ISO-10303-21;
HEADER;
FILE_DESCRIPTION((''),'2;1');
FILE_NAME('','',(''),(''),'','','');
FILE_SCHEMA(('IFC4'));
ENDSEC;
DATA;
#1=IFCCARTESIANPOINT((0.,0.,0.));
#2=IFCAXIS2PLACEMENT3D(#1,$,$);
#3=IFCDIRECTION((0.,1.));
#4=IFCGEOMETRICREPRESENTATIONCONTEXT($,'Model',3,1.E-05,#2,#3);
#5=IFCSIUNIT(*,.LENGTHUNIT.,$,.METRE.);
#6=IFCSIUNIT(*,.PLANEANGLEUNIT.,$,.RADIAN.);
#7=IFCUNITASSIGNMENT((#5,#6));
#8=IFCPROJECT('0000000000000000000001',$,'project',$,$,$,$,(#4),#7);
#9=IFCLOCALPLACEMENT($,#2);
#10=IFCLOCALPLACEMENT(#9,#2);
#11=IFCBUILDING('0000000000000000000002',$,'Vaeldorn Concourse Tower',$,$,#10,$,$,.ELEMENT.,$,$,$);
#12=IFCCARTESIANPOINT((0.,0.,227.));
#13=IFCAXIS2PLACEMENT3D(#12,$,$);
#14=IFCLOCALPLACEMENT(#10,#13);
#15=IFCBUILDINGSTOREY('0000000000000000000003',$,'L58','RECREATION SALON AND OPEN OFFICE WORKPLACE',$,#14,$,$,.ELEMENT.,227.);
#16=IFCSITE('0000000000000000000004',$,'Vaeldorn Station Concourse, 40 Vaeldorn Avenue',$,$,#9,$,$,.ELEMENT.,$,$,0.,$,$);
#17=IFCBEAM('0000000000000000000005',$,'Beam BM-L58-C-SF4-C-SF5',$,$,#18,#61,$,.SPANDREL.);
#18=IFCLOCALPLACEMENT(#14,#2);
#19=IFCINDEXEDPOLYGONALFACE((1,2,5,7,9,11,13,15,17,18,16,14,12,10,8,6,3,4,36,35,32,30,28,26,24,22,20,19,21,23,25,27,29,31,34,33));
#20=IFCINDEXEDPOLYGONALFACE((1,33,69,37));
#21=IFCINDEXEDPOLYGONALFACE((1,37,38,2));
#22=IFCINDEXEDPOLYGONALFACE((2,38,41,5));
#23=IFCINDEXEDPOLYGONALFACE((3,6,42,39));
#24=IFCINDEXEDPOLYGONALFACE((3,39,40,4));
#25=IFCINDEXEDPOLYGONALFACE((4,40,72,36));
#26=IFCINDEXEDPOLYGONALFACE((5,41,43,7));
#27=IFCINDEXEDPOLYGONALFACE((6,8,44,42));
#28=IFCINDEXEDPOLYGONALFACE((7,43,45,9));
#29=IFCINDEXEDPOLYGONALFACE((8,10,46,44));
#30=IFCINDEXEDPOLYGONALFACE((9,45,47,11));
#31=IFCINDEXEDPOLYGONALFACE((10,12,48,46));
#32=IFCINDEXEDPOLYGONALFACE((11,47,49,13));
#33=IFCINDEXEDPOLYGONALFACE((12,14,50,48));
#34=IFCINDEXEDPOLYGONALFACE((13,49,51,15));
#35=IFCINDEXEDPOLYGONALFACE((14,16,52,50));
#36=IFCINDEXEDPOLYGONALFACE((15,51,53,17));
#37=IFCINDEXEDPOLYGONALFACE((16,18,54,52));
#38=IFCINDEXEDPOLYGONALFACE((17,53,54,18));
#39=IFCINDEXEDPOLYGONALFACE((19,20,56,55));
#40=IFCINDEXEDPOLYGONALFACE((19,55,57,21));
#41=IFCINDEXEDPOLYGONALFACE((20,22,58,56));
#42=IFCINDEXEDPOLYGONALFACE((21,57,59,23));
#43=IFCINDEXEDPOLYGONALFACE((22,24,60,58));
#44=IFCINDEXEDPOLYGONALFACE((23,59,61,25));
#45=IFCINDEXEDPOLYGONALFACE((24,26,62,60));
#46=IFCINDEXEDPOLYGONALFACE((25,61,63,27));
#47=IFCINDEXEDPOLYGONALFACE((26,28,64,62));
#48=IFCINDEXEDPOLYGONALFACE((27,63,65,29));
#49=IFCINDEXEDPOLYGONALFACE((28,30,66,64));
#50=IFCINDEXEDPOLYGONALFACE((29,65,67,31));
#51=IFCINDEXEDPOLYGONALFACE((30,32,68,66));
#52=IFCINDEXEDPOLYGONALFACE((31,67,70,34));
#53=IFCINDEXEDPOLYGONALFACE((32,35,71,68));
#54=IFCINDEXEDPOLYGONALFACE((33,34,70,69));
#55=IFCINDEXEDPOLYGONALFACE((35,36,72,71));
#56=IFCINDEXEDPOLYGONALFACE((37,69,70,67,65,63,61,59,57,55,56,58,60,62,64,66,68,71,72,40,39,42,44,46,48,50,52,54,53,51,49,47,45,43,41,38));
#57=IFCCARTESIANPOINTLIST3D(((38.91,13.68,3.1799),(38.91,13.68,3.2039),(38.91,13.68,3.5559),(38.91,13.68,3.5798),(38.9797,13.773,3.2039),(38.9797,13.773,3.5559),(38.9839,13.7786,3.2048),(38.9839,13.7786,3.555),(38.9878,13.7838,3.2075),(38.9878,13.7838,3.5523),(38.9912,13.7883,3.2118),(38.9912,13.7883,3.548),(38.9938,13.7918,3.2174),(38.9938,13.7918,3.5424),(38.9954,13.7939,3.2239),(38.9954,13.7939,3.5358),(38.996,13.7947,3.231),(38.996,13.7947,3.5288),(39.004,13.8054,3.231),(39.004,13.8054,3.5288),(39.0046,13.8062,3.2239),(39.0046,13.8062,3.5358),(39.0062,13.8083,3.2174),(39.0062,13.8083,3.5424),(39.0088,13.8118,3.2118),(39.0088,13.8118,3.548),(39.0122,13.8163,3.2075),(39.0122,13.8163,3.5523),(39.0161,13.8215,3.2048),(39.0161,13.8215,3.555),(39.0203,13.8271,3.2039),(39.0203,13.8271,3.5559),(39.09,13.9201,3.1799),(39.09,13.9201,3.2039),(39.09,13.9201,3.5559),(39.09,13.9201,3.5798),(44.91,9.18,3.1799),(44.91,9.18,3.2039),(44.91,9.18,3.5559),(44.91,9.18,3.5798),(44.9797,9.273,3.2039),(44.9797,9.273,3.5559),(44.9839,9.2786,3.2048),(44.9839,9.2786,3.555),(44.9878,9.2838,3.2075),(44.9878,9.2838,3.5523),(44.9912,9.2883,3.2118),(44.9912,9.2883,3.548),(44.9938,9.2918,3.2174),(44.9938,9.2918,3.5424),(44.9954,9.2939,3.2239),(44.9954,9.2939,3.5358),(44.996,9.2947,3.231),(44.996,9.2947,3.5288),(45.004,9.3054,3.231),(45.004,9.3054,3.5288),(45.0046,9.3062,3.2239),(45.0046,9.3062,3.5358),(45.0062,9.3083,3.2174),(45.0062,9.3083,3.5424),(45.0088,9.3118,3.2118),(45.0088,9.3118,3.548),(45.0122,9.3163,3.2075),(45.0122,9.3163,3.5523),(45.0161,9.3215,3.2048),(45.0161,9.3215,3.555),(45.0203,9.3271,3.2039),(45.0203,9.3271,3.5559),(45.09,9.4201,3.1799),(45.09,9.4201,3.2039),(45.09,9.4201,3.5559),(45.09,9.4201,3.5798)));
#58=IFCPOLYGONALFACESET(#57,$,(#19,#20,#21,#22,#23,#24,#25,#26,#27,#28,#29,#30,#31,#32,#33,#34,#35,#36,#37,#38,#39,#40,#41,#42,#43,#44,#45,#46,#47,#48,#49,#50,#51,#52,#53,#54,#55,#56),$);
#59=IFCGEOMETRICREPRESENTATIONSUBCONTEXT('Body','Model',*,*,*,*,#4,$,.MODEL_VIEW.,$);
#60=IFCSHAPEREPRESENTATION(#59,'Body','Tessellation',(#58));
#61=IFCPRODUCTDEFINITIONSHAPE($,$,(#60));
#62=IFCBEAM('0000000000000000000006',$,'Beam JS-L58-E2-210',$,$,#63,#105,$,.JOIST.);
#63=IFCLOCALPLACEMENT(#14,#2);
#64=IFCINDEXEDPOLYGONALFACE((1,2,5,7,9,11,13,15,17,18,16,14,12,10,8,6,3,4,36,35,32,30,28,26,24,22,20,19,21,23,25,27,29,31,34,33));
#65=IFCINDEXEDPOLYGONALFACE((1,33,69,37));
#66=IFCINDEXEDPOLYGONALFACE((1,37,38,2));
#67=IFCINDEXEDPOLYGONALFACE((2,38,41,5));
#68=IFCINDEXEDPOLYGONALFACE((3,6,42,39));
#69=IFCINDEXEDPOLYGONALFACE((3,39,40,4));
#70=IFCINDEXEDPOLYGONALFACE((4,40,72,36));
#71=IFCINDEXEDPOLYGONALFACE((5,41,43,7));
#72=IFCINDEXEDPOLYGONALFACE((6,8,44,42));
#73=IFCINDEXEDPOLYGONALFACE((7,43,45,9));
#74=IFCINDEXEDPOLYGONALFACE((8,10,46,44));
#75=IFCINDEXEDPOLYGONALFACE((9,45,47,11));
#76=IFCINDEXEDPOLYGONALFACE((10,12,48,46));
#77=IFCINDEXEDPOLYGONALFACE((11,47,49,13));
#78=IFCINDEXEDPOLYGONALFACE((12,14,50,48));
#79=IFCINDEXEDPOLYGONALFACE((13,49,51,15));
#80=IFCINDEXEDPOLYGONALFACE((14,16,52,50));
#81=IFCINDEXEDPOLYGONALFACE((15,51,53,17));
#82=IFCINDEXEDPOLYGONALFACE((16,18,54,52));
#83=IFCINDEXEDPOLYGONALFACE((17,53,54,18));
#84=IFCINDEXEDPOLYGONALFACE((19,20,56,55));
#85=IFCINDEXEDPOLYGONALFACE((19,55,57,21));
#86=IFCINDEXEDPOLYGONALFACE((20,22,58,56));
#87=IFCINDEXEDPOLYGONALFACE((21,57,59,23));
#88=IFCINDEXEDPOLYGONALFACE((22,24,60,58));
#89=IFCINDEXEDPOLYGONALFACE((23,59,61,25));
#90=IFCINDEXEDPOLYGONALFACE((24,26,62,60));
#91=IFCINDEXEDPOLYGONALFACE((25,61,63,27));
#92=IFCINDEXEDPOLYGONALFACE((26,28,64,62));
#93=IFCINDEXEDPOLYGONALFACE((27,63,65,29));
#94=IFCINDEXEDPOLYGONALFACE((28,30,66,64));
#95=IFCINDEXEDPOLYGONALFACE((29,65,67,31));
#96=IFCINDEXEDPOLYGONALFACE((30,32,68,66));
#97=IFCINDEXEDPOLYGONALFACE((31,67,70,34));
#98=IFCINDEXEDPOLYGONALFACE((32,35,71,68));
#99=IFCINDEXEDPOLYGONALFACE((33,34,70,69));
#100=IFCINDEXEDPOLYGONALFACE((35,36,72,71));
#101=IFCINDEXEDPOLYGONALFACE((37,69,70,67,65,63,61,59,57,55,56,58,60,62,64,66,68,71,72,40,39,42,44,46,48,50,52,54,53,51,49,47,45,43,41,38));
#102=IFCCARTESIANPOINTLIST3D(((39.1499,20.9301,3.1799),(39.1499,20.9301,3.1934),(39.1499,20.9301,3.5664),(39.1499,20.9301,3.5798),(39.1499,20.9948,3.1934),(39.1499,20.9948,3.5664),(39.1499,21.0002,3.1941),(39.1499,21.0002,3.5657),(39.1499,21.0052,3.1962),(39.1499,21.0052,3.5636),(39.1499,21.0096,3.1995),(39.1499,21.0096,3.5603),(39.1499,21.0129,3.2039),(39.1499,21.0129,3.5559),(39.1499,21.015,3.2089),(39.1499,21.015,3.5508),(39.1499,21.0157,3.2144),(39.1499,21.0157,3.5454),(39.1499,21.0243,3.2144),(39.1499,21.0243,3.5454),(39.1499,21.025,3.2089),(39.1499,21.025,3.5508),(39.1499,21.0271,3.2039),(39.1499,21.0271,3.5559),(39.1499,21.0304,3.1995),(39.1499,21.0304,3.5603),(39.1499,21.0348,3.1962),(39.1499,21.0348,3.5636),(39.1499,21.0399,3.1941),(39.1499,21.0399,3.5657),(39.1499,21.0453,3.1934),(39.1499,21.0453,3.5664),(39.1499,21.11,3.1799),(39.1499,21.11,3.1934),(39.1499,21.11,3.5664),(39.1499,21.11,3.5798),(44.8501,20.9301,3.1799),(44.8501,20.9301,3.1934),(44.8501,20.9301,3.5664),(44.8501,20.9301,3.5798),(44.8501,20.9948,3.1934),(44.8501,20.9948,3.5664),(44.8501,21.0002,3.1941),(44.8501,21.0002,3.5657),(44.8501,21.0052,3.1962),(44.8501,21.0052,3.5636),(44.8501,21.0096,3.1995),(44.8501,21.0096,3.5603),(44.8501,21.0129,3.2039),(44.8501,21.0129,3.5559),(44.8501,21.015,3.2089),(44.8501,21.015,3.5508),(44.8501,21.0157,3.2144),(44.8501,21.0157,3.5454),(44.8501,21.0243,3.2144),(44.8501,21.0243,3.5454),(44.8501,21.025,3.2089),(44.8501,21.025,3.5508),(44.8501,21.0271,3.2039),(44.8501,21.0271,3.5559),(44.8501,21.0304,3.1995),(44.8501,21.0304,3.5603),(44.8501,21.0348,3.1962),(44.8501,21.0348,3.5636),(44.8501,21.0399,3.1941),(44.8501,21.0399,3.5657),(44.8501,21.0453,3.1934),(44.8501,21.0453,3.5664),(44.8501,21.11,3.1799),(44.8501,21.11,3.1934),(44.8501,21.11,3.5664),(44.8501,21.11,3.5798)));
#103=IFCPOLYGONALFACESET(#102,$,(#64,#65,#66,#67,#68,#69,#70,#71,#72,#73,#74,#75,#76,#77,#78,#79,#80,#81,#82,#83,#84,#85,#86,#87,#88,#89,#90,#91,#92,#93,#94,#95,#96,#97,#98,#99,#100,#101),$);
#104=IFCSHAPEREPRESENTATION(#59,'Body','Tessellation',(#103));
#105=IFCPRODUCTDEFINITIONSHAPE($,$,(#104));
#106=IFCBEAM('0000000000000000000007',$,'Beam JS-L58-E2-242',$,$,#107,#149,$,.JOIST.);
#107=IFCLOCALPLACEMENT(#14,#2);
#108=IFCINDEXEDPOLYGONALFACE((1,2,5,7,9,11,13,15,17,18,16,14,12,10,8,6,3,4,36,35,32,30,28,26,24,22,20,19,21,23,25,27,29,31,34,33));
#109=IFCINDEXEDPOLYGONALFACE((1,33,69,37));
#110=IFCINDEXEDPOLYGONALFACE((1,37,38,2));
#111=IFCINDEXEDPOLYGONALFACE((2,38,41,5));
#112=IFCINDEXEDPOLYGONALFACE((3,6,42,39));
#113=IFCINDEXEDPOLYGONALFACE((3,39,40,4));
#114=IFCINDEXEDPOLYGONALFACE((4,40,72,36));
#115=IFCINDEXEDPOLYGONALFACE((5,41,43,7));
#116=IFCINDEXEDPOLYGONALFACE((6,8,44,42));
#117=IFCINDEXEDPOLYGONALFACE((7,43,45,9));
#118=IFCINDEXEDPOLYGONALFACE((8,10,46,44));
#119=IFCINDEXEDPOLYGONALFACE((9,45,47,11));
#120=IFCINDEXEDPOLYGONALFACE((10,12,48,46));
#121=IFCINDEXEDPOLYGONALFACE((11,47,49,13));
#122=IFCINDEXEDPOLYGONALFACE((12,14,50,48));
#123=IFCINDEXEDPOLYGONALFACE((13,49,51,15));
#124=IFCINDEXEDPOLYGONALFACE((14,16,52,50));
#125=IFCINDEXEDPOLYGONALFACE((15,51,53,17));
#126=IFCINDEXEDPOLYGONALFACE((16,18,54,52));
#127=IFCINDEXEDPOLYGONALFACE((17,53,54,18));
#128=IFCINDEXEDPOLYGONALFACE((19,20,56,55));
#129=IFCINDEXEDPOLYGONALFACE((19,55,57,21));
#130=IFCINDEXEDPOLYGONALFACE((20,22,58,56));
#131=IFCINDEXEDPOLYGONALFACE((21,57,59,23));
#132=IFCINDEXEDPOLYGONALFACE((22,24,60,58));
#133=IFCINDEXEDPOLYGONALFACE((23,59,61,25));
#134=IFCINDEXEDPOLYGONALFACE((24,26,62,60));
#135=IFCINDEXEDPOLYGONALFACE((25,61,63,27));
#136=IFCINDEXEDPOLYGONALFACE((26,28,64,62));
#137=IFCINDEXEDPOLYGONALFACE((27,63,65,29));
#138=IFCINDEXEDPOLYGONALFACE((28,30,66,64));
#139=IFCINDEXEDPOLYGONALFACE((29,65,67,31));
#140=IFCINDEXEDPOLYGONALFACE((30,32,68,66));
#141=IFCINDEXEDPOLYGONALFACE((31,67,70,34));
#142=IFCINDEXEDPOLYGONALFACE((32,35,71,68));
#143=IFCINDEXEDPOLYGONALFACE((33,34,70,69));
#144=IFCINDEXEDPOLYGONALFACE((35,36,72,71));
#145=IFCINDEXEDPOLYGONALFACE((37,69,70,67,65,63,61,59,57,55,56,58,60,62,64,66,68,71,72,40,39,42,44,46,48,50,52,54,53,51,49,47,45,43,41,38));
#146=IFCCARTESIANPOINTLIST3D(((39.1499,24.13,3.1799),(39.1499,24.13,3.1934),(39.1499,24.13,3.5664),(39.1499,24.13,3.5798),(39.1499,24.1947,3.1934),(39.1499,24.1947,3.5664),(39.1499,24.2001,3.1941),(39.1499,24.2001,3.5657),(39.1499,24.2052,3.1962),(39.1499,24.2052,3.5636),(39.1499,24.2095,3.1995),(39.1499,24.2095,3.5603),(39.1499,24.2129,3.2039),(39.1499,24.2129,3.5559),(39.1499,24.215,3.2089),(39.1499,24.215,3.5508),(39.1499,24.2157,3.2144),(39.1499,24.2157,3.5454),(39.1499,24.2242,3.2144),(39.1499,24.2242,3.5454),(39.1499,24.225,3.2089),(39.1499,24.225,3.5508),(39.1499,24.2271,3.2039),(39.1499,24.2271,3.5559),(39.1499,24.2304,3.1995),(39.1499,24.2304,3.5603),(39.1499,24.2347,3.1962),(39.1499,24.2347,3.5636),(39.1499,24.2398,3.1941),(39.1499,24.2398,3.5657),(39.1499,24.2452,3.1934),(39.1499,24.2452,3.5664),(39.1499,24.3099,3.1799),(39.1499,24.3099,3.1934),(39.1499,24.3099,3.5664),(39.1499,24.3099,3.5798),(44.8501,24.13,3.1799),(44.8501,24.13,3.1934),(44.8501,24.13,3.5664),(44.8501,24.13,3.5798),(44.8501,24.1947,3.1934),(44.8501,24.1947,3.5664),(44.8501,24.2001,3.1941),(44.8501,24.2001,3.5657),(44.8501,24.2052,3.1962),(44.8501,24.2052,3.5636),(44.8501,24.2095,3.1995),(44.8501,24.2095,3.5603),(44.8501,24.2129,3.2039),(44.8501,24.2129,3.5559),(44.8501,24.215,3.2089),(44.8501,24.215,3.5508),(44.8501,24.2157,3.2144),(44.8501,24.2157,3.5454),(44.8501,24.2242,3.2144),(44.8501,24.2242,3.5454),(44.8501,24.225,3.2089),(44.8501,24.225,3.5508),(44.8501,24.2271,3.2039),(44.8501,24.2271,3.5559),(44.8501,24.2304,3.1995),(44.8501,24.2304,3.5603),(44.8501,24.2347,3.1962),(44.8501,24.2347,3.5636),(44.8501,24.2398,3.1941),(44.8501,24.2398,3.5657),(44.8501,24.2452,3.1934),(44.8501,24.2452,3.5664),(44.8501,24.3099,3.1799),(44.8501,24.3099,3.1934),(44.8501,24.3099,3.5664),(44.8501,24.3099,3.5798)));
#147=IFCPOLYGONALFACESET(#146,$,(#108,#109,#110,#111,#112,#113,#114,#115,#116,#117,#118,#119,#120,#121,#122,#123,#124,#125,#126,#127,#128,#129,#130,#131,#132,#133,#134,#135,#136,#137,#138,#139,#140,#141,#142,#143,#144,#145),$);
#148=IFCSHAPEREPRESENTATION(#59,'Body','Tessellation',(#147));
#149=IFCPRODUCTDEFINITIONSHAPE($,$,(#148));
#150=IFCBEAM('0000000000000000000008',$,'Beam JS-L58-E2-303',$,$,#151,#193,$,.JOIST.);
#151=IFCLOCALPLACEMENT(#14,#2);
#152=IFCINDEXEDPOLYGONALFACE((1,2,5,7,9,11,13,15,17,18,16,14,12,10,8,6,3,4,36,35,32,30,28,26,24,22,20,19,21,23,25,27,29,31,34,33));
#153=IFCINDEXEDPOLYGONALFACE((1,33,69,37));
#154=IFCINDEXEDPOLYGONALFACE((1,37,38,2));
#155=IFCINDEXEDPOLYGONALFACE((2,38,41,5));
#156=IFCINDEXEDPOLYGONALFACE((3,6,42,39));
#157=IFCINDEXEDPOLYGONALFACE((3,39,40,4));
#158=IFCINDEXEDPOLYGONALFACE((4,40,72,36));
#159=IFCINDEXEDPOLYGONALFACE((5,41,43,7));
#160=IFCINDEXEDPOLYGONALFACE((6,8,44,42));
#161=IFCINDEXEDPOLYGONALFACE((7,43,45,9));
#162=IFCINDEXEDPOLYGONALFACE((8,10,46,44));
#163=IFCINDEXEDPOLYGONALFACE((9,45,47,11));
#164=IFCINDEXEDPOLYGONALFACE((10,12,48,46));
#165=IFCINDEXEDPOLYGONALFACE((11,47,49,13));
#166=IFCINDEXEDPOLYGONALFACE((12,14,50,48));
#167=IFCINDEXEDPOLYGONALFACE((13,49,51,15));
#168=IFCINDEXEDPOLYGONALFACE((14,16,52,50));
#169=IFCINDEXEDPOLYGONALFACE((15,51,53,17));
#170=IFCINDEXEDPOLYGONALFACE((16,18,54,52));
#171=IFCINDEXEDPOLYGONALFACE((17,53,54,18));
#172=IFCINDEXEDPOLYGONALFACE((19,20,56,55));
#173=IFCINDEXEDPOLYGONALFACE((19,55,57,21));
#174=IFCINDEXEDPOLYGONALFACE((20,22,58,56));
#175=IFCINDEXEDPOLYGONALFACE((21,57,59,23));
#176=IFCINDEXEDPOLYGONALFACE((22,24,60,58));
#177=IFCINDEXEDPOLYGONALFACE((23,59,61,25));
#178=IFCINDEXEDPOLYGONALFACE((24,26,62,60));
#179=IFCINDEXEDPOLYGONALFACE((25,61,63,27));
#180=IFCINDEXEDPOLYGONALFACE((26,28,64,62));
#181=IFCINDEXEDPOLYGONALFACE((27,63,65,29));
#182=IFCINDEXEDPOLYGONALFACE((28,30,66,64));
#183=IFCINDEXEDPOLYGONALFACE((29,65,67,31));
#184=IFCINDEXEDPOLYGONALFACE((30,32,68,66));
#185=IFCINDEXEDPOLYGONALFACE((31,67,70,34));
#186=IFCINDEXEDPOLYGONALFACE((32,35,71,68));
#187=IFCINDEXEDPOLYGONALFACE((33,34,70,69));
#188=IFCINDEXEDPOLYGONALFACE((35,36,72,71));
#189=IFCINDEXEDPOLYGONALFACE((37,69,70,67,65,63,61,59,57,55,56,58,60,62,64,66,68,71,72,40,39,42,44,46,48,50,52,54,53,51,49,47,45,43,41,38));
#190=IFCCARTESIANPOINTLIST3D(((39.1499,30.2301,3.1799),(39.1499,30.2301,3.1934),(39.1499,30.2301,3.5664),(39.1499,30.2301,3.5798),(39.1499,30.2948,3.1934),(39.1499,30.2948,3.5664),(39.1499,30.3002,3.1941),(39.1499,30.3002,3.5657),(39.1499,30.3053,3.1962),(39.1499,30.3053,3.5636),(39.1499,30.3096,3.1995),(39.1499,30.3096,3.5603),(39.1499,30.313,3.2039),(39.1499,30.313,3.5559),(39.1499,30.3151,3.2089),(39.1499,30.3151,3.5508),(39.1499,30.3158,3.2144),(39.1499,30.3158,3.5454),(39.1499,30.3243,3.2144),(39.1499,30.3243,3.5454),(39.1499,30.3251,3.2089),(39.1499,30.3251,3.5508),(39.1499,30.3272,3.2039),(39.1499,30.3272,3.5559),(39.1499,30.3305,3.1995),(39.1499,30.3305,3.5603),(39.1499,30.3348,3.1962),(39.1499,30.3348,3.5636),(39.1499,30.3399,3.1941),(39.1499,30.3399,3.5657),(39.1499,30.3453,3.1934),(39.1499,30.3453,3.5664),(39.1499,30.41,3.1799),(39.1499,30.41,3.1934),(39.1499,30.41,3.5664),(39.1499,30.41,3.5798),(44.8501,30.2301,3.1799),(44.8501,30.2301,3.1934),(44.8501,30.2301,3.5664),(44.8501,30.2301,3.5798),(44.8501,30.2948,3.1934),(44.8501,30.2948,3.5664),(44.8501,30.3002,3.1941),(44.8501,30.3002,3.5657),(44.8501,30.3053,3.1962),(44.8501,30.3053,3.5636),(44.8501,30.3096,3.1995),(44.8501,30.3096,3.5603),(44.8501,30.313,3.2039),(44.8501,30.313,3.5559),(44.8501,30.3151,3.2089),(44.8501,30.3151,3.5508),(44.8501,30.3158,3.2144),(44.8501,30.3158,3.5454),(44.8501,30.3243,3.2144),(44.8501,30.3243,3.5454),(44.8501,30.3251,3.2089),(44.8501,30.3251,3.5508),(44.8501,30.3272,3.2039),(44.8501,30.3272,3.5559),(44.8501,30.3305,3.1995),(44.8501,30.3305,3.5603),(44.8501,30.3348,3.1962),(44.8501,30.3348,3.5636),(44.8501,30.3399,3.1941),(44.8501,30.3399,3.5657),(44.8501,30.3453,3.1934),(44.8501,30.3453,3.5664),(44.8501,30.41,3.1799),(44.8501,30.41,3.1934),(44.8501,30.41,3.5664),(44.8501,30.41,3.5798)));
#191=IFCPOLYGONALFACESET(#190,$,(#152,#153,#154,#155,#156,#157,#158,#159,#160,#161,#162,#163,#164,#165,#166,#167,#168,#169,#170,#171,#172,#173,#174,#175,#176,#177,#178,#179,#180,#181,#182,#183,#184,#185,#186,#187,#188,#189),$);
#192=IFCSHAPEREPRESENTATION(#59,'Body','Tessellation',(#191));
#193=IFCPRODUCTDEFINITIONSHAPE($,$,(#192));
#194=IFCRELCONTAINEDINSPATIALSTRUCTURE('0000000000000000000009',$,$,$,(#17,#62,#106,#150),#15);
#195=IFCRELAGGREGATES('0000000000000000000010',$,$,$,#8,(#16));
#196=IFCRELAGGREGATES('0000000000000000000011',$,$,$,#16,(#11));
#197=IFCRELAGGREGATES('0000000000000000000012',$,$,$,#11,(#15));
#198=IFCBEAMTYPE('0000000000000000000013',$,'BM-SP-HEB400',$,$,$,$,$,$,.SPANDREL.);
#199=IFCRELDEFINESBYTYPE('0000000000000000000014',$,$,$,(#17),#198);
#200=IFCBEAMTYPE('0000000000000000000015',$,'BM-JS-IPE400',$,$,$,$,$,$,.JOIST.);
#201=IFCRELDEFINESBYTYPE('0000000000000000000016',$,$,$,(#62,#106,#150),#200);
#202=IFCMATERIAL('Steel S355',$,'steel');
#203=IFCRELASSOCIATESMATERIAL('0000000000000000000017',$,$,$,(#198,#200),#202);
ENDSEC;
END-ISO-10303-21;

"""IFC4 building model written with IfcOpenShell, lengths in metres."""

from ifc_helpers import new_model, si_unit, direction, frame, origin, origin_2d, place, context, subcontext, project, spatial, i_section, extrude, source, transform, mapped, material, material_profile, profile_set, type_object, element, save


model = new_model("IFC4")

# Units and contexts
model_context = context("Model", 3, precision=1e-05, world=origin(), true_north=direction((0.0, 1.0)))
body_context = subcontext(model_context, "Body", "Model", "MODEL_VIEW")
ifc_project = project(units=[si_unit("LENGTHUNIT", "METRE"), si_unit("PLANEANGLEUNIT", "RADIAN")], contexts=[model_context])

# Site, building, storey
site_placement = place(None, origin())
site = spatial("IfcSite", under=ifc_project, at=site_placement, Name="Vaeldorn Station Concourse, 40 Vaeldorn Avenue", CompositionType="ELEMENT", RefElevation=0.0)
building_placement = place(site_placement, origin())
building = spatial("IfcBuilding", under=site, at=building_placement, Name="Vaeldorn Concourse Tower", CompositionType="ELEMENT")
storey_placement = place(building_placement, frame((0.0, 0.0, 227.0)))
storey = spatial("IfcBuildingStorey", under=building, at=storey_placement, Name="L58", Description="RECREATION SALON AND OPEN OFFICE WORKPLACE", CompositionType="ELEMENT", Elevation=227.0)

# Shared definitions
ifc_material_1 = material(Name="Steel S355", Category="steel")

# Beams
ifc_material_profile_1 = material_profile(ifc_material_1, i_section(OverallWidth=0.3, OverallDepth=0.3999, WebThickness=0.0134, FlangeThickness=0.0239, FilletRadius=0.0271, at=origin_2d()), Name="HEB 400")
ifc_profile_set_1 = profile_set([ifc_material_profile_1], Name="Steel S355")
beam_type_1 = type_object("IfcBeamType", Name="BM-SP-HEB400", PredefinedType="SPANDREL", material=ifc_profile_set_1)
shared_shape_1 = source(origin(), body_context, "Body", "SweptSolid", [
    extrude(i_section(OverallWidth=0.3, OverallDepth=0.3999, WebThickness=0.0134, FlangeThickness=0.0239, FilletRadius=0.0271, at=origin_2d()), origin(), (0.0, 0.0, 1.0), 7.5),
])
beam_1_placement = place(storey_placement, frame((39.0, 13.8, 3.3799), z_axis=(0.8, -0.6, 0.0), x_axis=(0.6, 0.8, 0.0)))
element("IfcBeam", 1, at=beam_1_placement, inside=storey, type_object=beam_type_1, Name="Beam BM-L58-C-SF4-C-SF5", PredefinedType="SPANDREL", context=body_context, shape_type="MappedRepresentation", body=[
    mapped(shared_shape_1, transform((0.0, 0.0, 0.0), scale=1.0)),
])
ifc_material_profile_2 = material_profile(ifc_material_1, i_section(OverallWidth=0.1799, OverallDepth=0.3999, WebThickness=0.0085, FlangeThickness=0.0134, FilletRadius=0.021, at=origin_2d()), Name="IPE 400")
ifc_profile_set_2 = profile_set([ifc_material_profile_2], Name="Steel S355")
beam_type_2 = type_object("IfcBeamType", Name="BM-JS-IPE400", PredefinedType="JOIST", material=ifc_profile_set_2)
shared_shape_2 = source(origin(), body_context, "Body", "SweptSolid", [
    extrude(i_section(OverallWidth=0.1799, OverallDepth=0.3999, WebThickness=0.0085, FlangeThickness=0.0134, FilletRadius=0.021, at=origin_2d()), origin(), (0.0, 0.0, 1.0), 5.7002),
])
for number, where, z_axis, x_axis, name in (
    (2, (39.1499, 21.02, 3.3799), (1.0, 0.0, 0.0), (0.0, 1.0, 0.0), "Beam JS-L58-E2-210"),
    (3, (39.1499, 24.22, 3.3799), (1.0, 0.0, 0.0), (0.0, 1.0, 0.0), "Beam JS-L58-E2-242"),
    (4, (39.1499, 30.3201, 3.3799), (1.0, 0.0, 0.0), (0.0, 1.0, 0.0), "Beam JS-L58-E2-303"),
):
    element("IfcBeam", number, at=place(storey_placement, frame(where, z_axis=z_axis, x_axis=x_axis)), inside=storey, type_object=beam_type_2, Name=name, PredefinedType="JOIST", context=body_context, shape_type="MappedRepresentation", body=[
        mapped(shared_shape_2, transform((0.0, 0.0, 0.0), scale=1.0)),
    ])

save(model, "model.ifc")
